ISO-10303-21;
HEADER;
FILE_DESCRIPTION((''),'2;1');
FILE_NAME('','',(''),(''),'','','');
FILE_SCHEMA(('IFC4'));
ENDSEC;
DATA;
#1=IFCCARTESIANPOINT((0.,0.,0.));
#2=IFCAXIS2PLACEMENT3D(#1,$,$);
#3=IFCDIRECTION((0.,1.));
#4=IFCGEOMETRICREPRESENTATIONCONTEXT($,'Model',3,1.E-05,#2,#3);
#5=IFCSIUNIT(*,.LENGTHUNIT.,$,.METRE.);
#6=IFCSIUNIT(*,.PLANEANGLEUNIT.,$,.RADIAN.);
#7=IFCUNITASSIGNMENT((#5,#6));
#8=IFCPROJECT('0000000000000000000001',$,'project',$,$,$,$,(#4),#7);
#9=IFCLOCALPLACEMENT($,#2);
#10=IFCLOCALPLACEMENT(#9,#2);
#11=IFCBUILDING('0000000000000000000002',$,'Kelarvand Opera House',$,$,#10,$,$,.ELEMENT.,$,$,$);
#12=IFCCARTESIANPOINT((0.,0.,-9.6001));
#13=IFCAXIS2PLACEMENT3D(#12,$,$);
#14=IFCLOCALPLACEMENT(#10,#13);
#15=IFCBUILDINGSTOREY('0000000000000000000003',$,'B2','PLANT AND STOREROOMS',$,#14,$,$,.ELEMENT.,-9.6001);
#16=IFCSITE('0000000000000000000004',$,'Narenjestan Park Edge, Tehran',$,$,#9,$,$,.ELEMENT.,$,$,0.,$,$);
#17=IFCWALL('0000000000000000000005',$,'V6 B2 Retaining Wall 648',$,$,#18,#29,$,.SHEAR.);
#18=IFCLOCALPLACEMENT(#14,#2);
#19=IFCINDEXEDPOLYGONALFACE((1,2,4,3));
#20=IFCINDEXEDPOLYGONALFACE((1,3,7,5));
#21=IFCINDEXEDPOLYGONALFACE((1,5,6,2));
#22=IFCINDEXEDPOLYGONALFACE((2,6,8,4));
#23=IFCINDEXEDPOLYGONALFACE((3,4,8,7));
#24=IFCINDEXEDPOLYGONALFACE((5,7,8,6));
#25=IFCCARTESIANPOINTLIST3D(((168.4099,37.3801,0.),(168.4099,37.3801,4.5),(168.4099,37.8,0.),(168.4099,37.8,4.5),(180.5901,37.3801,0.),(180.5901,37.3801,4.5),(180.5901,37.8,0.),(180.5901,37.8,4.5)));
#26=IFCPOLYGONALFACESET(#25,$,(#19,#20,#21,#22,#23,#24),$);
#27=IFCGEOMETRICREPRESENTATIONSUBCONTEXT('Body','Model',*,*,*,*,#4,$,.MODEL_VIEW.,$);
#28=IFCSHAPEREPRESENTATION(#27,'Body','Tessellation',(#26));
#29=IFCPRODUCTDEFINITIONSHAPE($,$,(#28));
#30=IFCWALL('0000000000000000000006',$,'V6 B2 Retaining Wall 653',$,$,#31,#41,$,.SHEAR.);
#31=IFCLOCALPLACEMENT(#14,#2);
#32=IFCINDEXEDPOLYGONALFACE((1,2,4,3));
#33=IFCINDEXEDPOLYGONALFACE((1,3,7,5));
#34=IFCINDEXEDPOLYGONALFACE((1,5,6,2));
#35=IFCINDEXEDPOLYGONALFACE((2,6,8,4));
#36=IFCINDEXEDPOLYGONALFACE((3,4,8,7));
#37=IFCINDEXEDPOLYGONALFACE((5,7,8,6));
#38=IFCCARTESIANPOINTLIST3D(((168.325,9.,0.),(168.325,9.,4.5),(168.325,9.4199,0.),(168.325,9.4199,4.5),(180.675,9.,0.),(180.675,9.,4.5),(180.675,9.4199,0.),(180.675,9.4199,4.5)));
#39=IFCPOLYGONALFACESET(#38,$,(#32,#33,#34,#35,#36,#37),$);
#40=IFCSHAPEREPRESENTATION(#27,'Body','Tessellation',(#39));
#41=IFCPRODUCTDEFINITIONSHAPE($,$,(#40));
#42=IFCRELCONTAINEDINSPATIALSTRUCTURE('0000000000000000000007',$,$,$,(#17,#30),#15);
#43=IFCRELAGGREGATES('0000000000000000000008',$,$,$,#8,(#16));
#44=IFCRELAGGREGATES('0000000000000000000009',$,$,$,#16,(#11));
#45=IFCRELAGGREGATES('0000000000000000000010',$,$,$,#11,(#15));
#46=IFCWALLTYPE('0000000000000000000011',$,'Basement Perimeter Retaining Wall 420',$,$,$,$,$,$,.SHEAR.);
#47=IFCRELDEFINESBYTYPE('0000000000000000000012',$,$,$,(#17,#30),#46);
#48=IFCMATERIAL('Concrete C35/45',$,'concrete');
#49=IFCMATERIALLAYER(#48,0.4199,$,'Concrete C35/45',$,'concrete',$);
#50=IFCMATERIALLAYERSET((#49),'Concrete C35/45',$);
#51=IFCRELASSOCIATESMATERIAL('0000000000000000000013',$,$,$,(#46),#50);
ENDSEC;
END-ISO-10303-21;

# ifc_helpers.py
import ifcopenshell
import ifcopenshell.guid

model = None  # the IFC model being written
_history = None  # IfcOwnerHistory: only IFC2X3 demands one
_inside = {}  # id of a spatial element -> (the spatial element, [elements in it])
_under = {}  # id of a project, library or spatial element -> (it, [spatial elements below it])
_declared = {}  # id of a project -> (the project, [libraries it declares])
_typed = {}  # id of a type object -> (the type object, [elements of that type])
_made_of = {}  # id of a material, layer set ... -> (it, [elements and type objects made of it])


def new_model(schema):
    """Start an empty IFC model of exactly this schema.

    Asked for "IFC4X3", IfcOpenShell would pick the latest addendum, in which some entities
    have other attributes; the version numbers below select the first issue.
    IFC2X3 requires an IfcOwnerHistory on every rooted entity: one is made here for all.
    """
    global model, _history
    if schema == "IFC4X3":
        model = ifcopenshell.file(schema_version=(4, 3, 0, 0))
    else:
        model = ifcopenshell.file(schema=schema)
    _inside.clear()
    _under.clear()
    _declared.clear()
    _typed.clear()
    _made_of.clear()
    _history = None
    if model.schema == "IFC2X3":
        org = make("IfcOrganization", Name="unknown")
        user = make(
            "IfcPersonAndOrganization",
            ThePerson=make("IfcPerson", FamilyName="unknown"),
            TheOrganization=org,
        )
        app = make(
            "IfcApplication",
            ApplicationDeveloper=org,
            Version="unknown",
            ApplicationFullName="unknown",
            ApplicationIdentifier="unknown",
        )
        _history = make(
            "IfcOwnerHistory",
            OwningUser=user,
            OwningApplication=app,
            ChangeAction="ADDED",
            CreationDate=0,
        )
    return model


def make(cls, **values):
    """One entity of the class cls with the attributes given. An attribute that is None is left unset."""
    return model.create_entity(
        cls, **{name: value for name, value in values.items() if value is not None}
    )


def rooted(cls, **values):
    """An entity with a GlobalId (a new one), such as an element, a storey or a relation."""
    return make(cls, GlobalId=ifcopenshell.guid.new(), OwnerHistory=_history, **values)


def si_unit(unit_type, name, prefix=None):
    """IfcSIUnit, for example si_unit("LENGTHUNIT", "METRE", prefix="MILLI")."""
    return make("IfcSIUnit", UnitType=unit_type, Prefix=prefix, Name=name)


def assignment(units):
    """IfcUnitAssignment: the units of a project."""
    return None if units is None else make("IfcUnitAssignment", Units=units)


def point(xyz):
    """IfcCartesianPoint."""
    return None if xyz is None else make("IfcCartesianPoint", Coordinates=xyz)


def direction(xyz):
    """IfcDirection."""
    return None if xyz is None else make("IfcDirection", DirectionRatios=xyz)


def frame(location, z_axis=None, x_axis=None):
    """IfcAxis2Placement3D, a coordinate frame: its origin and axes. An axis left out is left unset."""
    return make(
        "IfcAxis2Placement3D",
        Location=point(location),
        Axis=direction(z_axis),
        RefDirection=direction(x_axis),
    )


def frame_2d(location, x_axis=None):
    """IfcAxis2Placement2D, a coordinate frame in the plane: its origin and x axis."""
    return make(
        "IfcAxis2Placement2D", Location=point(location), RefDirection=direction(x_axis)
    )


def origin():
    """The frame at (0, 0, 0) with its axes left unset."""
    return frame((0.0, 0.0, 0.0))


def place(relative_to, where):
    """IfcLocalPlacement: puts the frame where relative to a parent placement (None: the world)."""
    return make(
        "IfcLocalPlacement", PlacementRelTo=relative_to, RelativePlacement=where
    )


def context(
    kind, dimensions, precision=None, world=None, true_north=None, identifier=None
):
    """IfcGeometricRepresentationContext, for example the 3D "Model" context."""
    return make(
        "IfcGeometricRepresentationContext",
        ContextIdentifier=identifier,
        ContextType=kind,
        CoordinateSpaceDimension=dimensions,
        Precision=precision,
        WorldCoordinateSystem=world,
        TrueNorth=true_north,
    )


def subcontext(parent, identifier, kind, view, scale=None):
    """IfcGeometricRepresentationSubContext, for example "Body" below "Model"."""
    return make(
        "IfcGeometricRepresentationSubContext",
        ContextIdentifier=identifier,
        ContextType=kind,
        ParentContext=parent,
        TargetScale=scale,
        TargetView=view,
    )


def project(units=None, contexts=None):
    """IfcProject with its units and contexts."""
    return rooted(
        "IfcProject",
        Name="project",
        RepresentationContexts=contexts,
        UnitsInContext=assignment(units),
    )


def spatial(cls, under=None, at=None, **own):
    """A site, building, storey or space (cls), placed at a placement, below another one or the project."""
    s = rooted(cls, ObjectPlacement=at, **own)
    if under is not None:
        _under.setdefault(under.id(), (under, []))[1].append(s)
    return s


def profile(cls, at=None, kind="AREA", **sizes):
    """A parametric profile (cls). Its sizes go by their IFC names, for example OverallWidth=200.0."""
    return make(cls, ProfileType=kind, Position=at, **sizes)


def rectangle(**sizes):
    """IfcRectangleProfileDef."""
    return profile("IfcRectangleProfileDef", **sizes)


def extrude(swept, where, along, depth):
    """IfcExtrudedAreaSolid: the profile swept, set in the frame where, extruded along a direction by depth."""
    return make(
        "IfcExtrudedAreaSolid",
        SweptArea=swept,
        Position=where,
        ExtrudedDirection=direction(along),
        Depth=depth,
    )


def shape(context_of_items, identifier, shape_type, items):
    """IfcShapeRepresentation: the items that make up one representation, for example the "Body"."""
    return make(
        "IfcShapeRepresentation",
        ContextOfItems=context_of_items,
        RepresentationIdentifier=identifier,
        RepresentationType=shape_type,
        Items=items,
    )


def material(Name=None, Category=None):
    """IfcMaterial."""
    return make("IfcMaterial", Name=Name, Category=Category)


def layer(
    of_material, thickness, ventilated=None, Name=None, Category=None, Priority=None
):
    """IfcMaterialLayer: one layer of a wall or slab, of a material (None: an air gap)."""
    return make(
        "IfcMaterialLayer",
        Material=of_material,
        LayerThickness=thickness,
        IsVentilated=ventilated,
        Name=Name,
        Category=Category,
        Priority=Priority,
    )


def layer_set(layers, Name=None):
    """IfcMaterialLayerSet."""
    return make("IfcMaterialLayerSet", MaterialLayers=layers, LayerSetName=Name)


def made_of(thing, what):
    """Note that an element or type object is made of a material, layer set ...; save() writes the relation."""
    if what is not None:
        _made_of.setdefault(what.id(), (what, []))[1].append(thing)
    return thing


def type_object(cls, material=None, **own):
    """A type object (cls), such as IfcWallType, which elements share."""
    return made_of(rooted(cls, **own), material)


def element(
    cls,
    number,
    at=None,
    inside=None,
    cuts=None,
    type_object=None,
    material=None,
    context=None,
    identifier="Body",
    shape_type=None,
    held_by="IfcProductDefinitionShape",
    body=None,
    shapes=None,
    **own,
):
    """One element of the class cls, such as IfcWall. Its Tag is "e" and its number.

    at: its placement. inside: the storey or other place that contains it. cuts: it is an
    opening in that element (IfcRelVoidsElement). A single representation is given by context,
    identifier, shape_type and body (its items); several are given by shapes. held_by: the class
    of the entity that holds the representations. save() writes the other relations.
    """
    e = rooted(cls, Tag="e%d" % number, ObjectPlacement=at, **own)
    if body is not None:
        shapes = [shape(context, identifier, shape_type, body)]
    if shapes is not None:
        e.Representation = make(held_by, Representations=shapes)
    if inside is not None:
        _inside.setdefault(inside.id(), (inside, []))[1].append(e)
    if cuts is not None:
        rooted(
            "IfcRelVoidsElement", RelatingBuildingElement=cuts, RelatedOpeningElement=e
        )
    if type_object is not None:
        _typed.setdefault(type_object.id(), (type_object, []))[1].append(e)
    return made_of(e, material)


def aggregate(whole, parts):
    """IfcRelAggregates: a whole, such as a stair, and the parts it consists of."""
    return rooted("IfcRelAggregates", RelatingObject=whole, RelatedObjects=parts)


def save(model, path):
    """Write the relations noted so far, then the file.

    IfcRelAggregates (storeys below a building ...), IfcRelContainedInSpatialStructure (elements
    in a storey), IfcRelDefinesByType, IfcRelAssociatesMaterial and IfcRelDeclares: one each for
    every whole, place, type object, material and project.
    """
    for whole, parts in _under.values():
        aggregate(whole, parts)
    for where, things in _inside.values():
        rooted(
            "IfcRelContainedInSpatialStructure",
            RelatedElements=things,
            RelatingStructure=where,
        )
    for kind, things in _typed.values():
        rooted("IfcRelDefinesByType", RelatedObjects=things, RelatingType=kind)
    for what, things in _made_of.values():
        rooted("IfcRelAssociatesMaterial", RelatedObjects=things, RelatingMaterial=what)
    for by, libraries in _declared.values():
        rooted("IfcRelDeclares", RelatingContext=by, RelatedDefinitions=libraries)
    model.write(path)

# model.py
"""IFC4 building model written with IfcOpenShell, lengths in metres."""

from ifc_helpers import new_model, si_unit, direction, frame, frame_2d, origin, place, context, subcontext, project, spatial, rectangle, extrude, material, layer, layer_set, type_object, element, save


model = new_model("IFC4")

# Units and contexts
model_context = context("Model", 3, precision=1e-05, world=origin(), true_north=direction((0.0, 1.0)))
body_context = subcontext(model_context, "Body", "Model", "MODEL_VIEW")
ifc_project = project(units=[si_unit("LENGTHUNIT", "METRE"), si_unit("PLANEANGLEUNIT", "RADIAN")], contexts=[model_context])

# Site, building, storey
site_placement = place(None, origin())
site = spatial("IfcSite", under=ifc_project, at=site_placement, Name="Narenjestan Park Edge, Tehran", CompositionType="ELEMENT", RefElevation=0.0)
building_placement = place(site_placement, origin())
building = spatial("IfcBuilding", under=site, at=building_placement, Name="Kelarvand Opera House", CompositionType="ELEMENT")
storey_placement = place(building_placement, frame((0.0, 0.0, -9.6001)))
storey = spatial("IfcBuildingStorey", under=building, at=storey_placement, Name="B2", Description="PLANT AND STOREROOMS", CompositionType="ELEMENT", Elevation=-9.6001)

# Walls
ifc_material_1 = material(Name="Concrete C35/45", Category="concrete")
ifc_layer = layer(ifc_material_1, 0.4199, Name="Concrete C35/45", Category="concrete")
ifc_layer_set = layer_set([ifc_layer], Name="Concrete C35/45")
wall_type = type_object("IfcWallType", Name="Basement Perimeter Retaining Wall 420", PredefinedType="SHEAR", material=ifc_layer_set)
wall_1_placement = place(storey_placement, frame((168.4099, 37.5901, 0.0), z_axis=(0.0, 0.0, 1.0), x_axis=(1.0, 0.0, 0.0)))
element("IfcWall", 1, at=wall_1_placement, inside=storey, type_object=wall_type, Name="V6 B2 Retaining Wall 648", PredefinedType="SHEAR", context=body_context, shape_type="SweptSolid", body=[
    extrude(rectangle(XDim=12.1802, YDim=0.4199, at=frame_2d((6.0901, 0.0))), origin(), (0.0, 0.0, 1.0), 4.5),
])
wall_2_placement = place(storey_placement, frame((180.675, 9.21, 0.0), z_axis=(0.0, 0.0, 1.0), x_axis=(-1.0, 0.0, 0.0)))
element("IfcWall", 2, at=wall_2_placement, inside=storey, type_object=wall_type, Name="V6 B2 Retaining Wall 653", PredefinedType="SHEAR", context=body_context, shape_type="SweptSolid", body=[
    extrude(rectangle(XDim=12.3501, YDim=0.4199, at=frame_2d((6.175, 0.0))), origin(), (0.0, 0.0, 1.0), 4.5),
])

save(model, "model.ifc")
